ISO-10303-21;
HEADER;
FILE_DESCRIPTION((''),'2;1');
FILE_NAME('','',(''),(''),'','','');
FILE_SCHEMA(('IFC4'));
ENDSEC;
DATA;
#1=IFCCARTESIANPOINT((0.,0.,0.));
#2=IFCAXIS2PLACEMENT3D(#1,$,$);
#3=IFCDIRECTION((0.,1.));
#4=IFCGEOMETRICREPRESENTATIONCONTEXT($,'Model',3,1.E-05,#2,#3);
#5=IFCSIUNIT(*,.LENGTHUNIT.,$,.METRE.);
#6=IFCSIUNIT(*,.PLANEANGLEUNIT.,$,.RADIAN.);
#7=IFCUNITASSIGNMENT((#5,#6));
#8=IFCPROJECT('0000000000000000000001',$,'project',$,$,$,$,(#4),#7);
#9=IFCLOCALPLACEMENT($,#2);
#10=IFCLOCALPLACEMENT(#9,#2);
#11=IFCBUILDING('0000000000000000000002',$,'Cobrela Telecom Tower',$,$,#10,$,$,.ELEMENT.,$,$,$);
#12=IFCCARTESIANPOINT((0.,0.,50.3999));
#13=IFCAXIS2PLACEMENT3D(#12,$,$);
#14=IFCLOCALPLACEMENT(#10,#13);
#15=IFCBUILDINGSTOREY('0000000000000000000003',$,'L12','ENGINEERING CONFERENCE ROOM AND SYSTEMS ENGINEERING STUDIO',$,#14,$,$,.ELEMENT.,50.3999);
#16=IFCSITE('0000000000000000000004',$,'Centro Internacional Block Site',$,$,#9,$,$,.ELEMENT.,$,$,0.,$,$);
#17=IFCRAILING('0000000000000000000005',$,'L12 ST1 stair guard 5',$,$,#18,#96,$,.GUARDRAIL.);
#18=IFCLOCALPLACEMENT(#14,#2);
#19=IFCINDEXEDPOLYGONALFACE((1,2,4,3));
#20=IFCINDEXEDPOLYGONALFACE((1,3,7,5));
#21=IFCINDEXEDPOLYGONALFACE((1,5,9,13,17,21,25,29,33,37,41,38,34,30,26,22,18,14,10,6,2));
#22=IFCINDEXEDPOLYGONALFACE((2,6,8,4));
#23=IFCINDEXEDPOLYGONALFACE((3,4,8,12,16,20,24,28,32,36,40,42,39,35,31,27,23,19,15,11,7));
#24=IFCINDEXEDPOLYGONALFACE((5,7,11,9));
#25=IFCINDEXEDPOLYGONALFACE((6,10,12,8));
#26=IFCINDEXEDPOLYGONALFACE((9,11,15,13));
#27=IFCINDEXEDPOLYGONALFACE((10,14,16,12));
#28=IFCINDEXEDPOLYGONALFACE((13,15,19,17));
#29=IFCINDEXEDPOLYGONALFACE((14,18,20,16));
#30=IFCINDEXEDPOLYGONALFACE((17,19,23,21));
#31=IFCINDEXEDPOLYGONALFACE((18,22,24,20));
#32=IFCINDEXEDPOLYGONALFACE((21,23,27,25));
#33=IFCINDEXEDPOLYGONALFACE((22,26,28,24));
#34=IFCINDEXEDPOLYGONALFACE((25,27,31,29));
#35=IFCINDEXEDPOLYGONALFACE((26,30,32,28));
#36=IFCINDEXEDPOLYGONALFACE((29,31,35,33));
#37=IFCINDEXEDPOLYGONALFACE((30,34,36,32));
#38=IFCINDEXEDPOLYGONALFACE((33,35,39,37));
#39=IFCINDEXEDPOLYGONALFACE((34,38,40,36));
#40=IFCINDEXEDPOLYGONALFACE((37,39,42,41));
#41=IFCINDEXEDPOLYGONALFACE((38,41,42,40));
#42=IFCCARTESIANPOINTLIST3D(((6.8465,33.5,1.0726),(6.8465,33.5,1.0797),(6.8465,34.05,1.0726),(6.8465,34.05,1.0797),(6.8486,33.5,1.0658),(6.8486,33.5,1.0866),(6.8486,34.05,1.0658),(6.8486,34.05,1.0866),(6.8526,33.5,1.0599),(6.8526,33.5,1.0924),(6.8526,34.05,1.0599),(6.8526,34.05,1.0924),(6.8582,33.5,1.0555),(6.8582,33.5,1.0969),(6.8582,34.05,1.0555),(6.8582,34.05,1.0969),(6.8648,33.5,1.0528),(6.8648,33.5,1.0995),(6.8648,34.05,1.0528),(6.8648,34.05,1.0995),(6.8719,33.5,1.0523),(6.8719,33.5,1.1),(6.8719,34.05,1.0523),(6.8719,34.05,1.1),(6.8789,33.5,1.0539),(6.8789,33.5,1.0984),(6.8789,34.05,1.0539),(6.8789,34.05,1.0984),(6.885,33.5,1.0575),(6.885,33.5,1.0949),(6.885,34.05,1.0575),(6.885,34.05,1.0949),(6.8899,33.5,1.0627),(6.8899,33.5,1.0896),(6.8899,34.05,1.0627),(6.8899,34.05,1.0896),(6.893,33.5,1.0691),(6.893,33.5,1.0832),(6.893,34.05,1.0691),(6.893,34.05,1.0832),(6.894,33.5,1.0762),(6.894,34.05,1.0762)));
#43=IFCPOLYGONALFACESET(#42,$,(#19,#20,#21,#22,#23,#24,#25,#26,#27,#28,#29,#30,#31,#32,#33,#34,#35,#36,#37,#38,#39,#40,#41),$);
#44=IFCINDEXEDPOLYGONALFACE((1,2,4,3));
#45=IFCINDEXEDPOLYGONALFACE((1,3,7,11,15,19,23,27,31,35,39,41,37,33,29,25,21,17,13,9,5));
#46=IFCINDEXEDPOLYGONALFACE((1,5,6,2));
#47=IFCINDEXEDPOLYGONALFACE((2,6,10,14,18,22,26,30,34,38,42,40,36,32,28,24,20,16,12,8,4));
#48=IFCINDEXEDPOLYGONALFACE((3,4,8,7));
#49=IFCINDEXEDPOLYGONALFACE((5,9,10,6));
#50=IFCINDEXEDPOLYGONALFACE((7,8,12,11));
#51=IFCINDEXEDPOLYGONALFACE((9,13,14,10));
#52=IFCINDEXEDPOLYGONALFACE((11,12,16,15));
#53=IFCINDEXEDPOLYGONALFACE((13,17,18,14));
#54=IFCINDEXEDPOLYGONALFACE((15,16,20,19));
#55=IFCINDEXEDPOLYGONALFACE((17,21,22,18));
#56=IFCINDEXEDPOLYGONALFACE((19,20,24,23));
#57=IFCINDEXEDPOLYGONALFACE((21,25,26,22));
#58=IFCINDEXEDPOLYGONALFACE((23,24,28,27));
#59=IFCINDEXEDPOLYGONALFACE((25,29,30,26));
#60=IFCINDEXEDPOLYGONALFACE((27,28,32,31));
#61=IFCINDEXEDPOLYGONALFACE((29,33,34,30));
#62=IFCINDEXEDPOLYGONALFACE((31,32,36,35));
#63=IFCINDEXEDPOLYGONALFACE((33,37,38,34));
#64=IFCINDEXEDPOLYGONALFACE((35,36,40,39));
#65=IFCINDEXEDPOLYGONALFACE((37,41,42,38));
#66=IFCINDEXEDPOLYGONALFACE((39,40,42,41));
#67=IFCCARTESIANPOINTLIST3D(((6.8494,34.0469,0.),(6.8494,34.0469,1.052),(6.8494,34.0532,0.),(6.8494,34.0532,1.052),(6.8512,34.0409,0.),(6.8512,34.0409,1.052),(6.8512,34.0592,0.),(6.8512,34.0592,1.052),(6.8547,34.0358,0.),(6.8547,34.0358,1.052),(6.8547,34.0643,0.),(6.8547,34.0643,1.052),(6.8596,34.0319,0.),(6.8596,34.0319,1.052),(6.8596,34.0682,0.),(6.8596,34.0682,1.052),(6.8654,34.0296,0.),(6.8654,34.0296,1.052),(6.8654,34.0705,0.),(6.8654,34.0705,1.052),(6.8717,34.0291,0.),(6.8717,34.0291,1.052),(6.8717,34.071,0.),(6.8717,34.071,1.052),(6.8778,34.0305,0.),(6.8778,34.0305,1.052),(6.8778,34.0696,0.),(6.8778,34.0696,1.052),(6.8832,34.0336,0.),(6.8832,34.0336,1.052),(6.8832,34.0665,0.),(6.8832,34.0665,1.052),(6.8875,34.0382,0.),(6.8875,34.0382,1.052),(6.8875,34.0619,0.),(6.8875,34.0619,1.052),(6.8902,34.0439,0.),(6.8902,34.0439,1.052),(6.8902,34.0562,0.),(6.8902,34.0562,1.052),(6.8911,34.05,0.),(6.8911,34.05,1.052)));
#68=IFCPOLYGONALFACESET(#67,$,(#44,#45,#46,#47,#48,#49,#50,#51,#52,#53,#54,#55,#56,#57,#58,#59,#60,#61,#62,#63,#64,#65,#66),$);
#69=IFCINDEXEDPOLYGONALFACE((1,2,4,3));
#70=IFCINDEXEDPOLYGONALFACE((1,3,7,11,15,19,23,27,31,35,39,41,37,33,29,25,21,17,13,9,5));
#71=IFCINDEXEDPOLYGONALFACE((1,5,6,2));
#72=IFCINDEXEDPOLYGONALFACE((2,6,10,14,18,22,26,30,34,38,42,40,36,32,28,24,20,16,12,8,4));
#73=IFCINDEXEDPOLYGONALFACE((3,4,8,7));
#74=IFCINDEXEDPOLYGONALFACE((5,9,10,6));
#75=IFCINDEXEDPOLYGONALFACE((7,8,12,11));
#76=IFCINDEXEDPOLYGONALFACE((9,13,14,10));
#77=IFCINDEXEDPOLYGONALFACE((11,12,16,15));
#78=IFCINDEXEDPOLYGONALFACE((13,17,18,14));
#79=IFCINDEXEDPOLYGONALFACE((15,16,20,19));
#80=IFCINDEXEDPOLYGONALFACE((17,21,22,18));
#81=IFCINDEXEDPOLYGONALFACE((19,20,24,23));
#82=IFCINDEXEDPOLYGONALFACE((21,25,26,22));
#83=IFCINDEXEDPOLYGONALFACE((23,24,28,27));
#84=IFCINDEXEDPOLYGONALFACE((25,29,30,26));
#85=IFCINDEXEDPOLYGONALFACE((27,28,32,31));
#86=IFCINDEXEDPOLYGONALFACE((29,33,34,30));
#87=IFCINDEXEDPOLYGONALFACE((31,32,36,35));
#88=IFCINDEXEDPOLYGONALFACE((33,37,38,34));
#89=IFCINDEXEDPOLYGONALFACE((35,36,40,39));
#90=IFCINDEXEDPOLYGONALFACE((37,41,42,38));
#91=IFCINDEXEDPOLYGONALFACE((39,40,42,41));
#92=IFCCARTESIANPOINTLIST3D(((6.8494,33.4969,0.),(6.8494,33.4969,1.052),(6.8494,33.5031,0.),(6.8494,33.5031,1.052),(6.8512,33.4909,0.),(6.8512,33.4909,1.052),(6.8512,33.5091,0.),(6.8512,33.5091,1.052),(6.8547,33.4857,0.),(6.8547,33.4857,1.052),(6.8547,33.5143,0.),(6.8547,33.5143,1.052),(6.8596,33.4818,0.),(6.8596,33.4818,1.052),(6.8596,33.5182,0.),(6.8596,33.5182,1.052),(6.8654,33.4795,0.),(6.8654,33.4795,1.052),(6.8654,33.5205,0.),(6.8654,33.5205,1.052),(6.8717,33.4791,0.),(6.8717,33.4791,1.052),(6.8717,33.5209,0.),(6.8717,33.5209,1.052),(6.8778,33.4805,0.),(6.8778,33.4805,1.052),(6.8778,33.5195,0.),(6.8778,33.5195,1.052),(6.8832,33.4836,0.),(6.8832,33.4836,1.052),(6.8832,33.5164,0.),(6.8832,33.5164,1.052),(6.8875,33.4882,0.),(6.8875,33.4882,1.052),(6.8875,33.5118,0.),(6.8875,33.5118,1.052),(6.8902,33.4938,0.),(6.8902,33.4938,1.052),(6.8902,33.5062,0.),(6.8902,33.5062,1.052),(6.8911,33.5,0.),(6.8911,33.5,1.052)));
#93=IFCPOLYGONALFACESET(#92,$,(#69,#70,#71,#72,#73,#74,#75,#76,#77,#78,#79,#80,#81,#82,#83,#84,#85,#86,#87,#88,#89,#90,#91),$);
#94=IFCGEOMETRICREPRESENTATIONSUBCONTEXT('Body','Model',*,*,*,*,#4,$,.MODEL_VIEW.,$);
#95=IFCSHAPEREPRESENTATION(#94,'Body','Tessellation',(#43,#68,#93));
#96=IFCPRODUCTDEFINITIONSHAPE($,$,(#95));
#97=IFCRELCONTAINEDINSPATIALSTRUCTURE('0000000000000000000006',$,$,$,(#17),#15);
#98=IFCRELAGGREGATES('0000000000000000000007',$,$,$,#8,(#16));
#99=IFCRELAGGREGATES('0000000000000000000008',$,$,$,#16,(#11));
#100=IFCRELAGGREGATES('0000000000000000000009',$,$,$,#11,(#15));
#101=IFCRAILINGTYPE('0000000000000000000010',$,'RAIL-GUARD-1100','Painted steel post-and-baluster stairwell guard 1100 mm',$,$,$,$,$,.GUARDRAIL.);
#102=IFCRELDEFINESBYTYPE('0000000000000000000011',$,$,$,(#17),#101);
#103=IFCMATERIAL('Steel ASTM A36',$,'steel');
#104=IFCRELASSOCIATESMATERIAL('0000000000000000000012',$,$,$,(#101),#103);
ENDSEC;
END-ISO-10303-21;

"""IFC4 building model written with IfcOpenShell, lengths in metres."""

from ifc_helpers import new_model, si_unit, direction, frame, origin, origin_2d, place, context, subcontext, project, spatial, circle, extrude, material, type_object, element, save


model = new_model("IFC4")

# Units and contexts
model_context = context("Model", 3, precision=1e-05, world=origin(), true_north=direction((0.0, 1.0)))
body_context = subcontext(model_context, "Body", "Model", "MODEL_VIEW")
ifc_project = project(units=[si_unit("LENGTHUNIT", "METRE"), si_unit("PLANEANGLEUNIT", "RADIAN")], contexts=[model_context])

# Site, building, storey
site_placement = place(None, origin())
site = spatial("IfcSite", under=ifc_project, at=site_placement, Name="Centro Internacional Block Site", CompositionType="ELEMENT", RefElevation=0.0)
building_placement = place(site_placement, origin())
building = spatial("IfcBuilding", under=site, at=building_placement, Name="Cobrela Telecom Tower", CompositionType="ELEMENT")
storey_placement = place(building_placement, frame((0.0, 0.0, 50.3999)))
storey = spatial("IfcBuildingStorey", under=building, at=storey_placement, Name="L12", Description="ENGINEERING CONFERENCE ROOM AND SYSTEMS ENGINEERING STUDIO", CompositionType="ELEMENT", Elevation=50.3999)

# Shared definitions
ifc_material_1 = material(Name="Steel ASTM A36", Category="steel")

# Railing
railing_type_1 = type_object("IfcRailingType", Name="RAIL-GUARD-1100", Description="Painted steel post-and-baluster stairwell guard 1100 mm", PredefinedType="GUARDRAIL", material=ifc_material_1)
railing_1_placement = place(storey_placement, frame((6.8701, 34.05, 0.0)))
element("IfcRailing", 1, at=railing_1_placement, inside=storey, type_object=railing_type_1, Name="L12 ST1 stair guard 5", PredefinedType="GUARDRAIL", context=body_context, shape_type="SweptSolid", body=[
    extrude(circle(Radius=0.0239, at=origin_2d()), frame((0.0, 0.0, 1.0762), z_axis=(0.0, -1.0, 0.0), x_axis=(1.0, 0.0, 0.0)), (0.0, 0.0, 1.0), 0.55),
    extrude(circle(Radius=0.021, at=origin_2d()), origin(), (0.0, 0.0, 1.0), 1.052),
    extrude(circle(Radius=0.021, at=origin_2d()), frame((0.0, -0.55, 0.0)), (0.0, 0.0, 1.0), 1.052),
])

save(model, "model.ifc")
